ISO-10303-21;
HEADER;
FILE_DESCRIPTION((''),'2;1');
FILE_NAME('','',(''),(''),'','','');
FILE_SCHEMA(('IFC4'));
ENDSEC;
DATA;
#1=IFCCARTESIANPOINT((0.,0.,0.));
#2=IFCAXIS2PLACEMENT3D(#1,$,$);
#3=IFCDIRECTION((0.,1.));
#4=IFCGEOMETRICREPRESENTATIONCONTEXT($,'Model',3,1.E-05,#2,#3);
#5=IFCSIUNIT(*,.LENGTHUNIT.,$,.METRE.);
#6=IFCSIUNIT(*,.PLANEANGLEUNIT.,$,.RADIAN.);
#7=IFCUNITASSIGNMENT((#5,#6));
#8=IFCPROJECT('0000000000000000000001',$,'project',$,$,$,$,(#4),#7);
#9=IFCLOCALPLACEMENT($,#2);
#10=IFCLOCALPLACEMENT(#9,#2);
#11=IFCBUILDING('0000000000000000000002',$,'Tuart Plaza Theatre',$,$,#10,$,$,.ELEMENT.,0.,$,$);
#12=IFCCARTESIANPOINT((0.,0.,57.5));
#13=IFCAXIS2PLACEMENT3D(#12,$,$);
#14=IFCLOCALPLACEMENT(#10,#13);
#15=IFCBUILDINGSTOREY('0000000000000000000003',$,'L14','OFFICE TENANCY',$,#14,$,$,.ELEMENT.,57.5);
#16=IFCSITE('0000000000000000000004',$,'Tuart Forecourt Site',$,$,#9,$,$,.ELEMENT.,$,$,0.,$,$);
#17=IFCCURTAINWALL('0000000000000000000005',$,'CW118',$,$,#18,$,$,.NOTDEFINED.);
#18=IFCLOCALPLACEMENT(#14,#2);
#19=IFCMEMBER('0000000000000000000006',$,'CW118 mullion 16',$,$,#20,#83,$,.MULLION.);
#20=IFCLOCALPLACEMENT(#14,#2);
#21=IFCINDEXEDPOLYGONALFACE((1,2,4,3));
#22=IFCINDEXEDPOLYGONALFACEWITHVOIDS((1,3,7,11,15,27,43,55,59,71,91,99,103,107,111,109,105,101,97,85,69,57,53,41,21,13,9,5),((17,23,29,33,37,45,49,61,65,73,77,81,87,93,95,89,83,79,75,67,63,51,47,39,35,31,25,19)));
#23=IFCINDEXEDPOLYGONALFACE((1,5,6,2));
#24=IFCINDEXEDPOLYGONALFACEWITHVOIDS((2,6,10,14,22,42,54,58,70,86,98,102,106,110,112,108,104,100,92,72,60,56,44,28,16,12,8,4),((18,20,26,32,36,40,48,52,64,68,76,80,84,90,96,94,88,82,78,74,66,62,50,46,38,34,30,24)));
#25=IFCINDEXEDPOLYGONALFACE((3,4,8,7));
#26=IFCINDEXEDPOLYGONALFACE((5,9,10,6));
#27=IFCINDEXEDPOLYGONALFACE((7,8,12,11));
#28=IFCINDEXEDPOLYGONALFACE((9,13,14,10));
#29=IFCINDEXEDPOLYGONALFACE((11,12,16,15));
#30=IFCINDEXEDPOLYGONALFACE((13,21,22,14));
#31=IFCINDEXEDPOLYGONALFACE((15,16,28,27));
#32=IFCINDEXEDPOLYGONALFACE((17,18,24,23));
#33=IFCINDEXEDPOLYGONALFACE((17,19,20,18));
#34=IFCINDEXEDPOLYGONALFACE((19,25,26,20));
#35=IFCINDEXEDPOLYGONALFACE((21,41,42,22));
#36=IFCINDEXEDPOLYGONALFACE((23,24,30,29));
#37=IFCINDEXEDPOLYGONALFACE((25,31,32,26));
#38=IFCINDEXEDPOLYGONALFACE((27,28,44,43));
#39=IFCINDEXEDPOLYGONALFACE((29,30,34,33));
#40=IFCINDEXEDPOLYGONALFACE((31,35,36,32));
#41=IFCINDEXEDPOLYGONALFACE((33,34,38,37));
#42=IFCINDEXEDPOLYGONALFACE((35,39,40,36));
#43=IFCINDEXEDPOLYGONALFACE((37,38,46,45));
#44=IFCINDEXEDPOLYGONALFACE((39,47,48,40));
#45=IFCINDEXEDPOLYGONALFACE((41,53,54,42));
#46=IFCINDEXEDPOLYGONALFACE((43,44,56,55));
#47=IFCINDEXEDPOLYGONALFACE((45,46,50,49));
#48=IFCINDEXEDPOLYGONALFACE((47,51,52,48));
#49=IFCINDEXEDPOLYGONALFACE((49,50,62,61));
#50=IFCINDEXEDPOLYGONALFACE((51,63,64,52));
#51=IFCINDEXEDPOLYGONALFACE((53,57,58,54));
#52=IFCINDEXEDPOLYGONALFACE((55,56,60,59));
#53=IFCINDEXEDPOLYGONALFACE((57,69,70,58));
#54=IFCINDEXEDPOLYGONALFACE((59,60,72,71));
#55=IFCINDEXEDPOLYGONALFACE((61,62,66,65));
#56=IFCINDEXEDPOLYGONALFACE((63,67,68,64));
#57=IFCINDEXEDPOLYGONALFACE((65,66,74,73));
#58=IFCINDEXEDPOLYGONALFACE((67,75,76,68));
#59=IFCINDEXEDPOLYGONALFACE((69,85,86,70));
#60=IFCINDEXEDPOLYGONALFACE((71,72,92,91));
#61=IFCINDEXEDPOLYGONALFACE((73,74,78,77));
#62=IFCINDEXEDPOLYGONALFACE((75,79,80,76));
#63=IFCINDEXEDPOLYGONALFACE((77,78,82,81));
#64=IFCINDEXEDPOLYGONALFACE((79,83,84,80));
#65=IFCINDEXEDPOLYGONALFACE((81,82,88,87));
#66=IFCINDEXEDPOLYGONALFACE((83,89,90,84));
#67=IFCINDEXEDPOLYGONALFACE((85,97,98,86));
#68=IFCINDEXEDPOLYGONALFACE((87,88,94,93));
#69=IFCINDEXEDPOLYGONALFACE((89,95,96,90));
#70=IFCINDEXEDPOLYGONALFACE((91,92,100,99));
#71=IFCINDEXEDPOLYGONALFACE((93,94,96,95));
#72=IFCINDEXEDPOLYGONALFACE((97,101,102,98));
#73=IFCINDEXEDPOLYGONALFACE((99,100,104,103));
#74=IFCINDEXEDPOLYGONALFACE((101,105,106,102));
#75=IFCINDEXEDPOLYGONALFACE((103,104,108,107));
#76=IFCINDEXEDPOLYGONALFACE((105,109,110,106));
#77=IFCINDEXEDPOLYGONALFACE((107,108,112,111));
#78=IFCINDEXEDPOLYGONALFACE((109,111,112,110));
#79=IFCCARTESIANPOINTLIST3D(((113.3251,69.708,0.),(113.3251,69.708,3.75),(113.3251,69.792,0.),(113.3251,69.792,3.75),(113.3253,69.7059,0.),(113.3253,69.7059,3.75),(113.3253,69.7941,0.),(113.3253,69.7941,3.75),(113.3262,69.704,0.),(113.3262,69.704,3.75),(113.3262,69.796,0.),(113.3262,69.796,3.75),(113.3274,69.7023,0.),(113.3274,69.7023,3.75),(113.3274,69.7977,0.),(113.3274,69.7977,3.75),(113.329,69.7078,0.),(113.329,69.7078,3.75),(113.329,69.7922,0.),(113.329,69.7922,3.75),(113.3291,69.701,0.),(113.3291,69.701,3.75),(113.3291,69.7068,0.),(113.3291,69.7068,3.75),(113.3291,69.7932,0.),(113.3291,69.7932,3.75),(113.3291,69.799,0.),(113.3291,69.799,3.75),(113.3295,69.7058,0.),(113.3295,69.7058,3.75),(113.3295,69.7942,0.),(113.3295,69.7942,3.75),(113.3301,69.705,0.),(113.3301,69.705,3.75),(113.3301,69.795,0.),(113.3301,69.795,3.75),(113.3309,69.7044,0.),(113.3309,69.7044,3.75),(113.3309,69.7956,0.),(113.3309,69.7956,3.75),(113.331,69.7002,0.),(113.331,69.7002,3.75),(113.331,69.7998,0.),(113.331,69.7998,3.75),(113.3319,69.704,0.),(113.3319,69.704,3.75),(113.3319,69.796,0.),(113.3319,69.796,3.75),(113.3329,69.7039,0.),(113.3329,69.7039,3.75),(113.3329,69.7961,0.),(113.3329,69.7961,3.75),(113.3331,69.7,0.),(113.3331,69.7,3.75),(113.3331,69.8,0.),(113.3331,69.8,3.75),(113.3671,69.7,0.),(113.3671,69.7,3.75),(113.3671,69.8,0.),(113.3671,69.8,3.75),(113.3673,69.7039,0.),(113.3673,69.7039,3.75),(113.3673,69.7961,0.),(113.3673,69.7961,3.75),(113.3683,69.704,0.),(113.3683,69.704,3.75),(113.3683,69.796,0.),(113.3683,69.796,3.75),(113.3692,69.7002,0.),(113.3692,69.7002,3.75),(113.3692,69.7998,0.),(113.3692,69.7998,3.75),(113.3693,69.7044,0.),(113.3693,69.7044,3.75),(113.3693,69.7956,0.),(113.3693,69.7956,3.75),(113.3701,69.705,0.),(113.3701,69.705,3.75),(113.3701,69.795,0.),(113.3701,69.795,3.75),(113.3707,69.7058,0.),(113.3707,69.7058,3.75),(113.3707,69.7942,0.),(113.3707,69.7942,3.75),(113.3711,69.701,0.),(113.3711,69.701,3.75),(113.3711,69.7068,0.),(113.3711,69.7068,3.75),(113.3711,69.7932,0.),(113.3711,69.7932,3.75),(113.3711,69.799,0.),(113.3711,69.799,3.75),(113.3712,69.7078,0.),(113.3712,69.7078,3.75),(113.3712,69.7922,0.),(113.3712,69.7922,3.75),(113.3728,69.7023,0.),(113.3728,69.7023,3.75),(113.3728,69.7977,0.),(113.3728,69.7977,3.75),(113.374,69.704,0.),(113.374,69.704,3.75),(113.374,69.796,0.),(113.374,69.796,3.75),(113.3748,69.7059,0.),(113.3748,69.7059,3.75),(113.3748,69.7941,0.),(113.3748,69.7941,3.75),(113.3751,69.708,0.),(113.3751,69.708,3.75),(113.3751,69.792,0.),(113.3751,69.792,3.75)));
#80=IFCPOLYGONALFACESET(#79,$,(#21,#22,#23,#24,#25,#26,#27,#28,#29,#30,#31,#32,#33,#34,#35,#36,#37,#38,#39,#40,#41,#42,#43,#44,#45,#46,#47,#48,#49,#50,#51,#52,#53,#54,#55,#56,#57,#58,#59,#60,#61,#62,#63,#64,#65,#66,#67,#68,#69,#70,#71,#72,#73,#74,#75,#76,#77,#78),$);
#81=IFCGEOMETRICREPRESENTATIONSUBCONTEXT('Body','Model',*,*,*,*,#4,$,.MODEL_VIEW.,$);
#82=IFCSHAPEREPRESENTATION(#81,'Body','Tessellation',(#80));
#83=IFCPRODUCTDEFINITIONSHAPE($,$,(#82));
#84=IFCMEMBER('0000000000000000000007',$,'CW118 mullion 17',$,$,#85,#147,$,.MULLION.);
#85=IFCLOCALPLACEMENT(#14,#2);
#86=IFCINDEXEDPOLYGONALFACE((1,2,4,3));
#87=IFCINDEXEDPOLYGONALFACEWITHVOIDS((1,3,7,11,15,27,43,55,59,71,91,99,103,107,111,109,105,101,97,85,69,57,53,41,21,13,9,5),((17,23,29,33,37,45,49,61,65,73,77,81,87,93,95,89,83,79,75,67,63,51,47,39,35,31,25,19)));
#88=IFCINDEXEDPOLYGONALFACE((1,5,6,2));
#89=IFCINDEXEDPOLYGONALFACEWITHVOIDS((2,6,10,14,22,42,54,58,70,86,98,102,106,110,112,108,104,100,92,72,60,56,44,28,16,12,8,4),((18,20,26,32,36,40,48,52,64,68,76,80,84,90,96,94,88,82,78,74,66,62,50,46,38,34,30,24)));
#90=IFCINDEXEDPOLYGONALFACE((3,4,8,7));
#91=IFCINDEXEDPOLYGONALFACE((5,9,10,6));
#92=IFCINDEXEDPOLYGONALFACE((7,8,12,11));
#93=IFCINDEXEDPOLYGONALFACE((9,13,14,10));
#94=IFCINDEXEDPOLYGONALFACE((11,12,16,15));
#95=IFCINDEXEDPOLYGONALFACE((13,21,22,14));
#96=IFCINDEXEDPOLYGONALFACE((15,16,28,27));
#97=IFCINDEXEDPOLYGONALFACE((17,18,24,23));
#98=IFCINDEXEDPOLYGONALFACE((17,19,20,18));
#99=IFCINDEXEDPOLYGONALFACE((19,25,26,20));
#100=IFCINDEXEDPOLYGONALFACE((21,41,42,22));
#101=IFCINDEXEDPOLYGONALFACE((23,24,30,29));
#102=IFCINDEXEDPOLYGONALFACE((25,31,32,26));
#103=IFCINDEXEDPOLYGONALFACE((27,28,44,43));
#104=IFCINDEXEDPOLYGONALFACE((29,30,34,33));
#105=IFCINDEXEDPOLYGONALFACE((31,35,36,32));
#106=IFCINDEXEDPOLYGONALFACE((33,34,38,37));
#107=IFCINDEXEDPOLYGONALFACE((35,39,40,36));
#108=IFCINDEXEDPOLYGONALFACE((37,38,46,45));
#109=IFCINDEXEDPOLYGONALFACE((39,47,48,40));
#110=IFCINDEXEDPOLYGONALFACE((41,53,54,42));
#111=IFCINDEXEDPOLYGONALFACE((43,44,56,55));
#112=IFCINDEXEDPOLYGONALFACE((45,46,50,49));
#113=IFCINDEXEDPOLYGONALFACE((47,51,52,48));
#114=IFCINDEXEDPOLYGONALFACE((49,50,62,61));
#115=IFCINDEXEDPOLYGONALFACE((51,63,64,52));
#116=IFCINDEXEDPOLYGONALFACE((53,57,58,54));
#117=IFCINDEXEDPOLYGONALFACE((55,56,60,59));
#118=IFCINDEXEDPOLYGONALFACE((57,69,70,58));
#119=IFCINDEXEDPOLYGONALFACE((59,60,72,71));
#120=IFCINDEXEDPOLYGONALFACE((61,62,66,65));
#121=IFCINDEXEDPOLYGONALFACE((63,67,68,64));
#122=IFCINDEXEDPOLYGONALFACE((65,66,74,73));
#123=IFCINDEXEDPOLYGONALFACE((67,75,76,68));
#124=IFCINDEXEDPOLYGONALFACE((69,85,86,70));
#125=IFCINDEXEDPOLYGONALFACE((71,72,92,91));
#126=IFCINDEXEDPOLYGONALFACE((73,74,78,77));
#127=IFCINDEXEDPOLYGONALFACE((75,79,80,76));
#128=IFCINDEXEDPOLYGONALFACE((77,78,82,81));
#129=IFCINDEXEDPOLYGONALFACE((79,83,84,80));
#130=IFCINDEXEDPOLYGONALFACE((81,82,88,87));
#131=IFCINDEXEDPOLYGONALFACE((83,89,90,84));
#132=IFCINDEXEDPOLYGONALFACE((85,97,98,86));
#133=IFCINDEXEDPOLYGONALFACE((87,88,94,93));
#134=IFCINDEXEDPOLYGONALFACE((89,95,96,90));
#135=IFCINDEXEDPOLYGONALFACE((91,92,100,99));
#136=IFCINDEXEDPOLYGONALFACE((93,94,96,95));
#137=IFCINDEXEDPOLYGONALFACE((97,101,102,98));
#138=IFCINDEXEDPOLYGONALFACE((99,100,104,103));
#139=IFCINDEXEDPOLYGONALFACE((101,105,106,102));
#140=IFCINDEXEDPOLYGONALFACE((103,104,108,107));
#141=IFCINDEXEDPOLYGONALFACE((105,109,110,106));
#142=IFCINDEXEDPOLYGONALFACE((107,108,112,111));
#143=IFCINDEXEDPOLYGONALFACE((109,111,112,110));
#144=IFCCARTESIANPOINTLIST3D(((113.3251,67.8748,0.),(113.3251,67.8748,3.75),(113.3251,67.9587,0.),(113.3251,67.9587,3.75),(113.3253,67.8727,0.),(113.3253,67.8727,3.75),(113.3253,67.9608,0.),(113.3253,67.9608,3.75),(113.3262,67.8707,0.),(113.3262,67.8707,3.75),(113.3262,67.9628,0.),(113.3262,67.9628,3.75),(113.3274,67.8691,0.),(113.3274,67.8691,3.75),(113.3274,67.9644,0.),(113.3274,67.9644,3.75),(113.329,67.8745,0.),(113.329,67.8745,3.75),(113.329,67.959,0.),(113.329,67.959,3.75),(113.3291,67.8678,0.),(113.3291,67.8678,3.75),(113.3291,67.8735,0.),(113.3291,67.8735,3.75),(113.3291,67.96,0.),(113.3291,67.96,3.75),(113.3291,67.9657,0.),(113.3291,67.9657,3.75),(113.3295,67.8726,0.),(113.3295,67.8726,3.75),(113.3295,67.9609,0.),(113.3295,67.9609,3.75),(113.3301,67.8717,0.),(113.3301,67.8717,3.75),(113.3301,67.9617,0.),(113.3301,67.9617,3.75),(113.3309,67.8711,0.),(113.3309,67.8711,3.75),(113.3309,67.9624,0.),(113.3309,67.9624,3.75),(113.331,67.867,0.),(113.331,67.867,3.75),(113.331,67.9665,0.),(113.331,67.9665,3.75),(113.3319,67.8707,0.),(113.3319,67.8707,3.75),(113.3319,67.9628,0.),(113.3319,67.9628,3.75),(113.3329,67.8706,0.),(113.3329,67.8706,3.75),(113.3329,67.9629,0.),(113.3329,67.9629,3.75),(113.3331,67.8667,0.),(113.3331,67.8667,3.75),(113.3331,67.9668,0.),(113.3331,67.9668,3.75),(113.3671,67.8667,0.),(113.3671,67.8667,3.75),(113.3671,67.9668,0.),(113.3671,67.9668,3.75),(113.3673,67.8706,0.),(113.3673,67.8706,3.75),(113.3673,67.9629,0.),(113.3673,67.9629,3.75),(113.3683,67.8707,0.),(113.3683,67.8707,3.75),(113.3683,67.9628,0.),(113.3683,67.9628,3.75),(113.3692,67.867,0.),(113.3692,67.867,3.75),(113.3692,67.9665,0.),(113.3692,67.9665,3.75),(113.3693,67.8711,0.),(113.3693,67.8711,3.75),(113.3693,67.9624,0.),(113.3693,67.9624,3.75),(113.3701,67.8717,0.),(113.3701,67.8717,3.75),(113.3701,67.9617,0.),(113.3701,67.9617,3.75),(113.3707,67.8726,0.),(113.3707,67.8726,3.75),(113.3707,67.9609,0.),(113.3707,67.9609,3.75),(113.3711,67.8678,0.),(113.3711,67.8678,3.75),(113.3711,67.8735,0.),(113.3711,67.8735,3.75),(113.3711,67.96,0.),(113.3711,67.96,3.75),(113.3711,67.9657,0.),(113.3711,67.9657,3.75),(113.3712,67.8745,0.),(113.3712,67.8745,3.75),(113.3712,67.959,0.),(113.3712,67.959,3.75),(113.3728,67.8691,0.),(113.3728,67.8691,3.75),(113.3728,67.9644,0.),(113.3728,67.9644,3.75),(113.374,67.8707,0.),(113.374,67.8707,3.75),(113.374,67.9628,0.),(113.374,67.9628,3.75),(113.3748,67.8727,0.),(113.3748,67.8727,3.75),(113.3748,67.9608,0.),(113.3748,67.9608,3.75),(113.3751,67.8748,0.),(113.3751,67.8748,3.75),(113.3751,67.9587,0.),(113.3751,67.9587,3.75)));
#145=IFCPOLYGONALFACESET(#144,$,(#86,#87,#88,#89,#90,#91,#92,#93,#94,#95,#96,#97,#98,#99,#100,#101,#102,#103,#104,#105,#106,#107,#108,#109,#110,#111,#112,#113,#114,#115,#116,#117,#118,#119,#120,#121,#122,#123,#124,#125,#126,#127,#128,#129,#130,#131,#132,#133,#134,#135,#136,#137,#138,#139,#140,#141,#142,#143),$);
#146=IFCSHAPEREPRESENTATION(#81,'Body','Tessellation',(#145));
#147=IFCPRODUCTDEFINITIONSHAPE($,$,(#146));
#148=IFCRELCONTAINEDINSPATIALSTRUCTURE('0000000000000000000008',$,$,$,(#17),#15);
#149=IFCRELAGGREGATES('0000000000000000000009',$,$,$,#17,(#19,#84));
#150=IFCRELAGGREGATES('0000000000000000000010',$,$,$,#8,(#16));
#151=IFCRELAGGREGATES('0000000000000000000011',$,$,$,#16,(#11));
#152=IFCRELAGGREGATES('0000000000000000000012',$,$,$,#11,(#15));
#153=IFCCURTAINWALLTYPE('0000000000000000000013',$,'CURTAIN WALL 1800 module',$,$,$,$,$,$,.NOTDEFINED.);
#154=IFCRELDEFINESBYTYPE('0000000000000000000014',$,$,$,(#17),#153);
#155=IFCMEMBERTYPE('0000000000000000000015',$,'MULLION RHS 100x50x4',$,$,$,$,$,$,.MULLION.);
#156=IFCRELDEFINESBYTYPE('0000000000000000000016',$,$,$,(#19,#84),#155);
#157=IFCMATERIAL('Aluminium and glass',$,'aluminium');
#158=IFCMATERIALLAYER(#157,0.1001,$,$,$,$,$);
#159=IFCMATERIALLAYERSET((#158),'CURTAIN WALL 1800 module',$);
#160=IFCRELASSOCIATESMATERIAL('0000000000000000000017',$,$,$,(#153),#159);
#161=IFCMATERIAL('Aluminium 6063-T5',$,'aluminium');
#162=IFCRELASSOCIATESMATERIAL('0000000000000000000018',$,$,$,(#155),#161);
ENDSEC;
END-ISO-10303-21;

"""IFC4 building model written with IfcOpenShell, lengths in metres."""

from ifc_helpers import new_model, si_unit, direction, frame, origin, origin_2d, place, context, subcontext, project, spatial, hollow_rectangle, extrude, material, layer, layer_set, material_profile, profile_set, type_object, element, aggregate, save


model = new_model("IFC4")

# Units and contexts
model_context = context("Model", 3, precision=1e-05, world=origin(), true_north=direction((0.0, 1.0)))
body_context = subcontext(model_context, "Body", "Model", "MODEL_VIEW")
ifc_project = project(units=[si_unit("LENGTHUNIT", "METRE"), si_unit("PLANEANGLEUNIT", "RADIAN")], contexts=[model_context])

# Site, building, storey
site_placement = place(None, origin())
site = spatial("IfcSite", under=ifc_project, at=site_placement, Name="Tuart Forecourt Site", CompositionType="ELEMENT", RefElevation=0.0)
building_placement = place(site_placement, origin())
building = spatial("IfcBuilding", under=site, at=building_placement, Name="Tuart Plaza Theatre", CompositionType="ELEMENT", ElevationOfRefHeight=0.0)
storey_placement = place(building_placement, frame((0.0, 0.0, 57.5)))
storey = spatial("IfcBuildingStorey", under=building, at=storey_placement, Name="L14", Description="OFFICE TENANCY", CompositionType="ELEMENT", Elevation=57.5)

# Curtain wall, members
ifc_material_1 = material(Name="Aluminium and glass", Category="aluminium")
ifc_layer_1 = layer(ifc_material_1, 0.1001)
ifc_layer_set_1 = layer_set([ifc_layer_1], Name="CURTAIN WALL 1800 module")
curtain_wall_type = type_object("IfcCurtainWallType", Name="CURTAIN WALL 1800 module", PredefinedType="NOTDEFINED", material=ifc_layer_set_1)
curtain_wall_placement = place(storey_placement, origin())
curtain_wall = element("IfcCurtainWall", 1, at=curtain_wall_placement, inside=storey, type_object=curtain_wall_type, Name="CW118", PredefinedType="NOTDEFINED")
ifc_material_2 = material(Name="Aluminium 6063-T5", Category="aluminium")
ifc_material_profile_1 = material_profile(ifc_material_2, hollow_rectangle(XDim=0.05, YDim=0.1001, WallThickness=0.0039, InnerFilletRadius=0.0039, OuterFilletRadius=0.0081, at=origin_2d()), Name="RHS 100x50x4")
ifc_profile_set_1 = profile_set([ifc_material_profile_1], Name="Aluminium 6063-T5")
member_type_1 = type_object("IfcMemberType", Name="MULLION RHS 100x50x4", PredefinedType="MULLION", material=ifc_profile_set_1)
member_1_placement = place(storey_placement, frame((113.3501, 69.75, 0.0), z_axis=(0.0, 0.0, 1.0), x_axis=(1.0, 0.0, 0.0)))
member_1 = element("IfcMember", 2, at=member_1_placement, type_object=member_type_1, Name="CW118 mullion 16", PredefinedType="MULLION", context=body_context, shape_type="SweptSolid", body=[
    extrude(hollow_rectangle(XDim=0.05, YDim=0.1001, WallThickness=0.0039, InnerFilletRadius=0.0039, OuterFilletRadius=0.0081, at=origin_2d()), origin(), (0.0, 0.0, 1.0), 3.75),
])
member_2_placement = place(storey_placement, frame((113.3501, 67.9167, 0.0), z_axis=(0.0, 0.0, 1.0), x_axis=(1.0, 0.0, 0.0)))
member_2 = element("IfcMember", 3, at=member_2_placement, type_object=member_type_1, Name="CW118 mullion 17", PredefinedType="MULLION", context=body_context, shape_type="SweptSolid", body=[
    extrude(hollow_rectangle(XDim=0.05, YDim=0.1001, WallThickness=0.0039, InnerFilletRadius=0.0039, OuterFilletRadius=0.0081, at=origin_2d()), origin(), (0.0, 0.0, 1.0), 3.75),
])
aggregate(curtain_wall, [member_1, member_2])

save(model, "model.ifc")
